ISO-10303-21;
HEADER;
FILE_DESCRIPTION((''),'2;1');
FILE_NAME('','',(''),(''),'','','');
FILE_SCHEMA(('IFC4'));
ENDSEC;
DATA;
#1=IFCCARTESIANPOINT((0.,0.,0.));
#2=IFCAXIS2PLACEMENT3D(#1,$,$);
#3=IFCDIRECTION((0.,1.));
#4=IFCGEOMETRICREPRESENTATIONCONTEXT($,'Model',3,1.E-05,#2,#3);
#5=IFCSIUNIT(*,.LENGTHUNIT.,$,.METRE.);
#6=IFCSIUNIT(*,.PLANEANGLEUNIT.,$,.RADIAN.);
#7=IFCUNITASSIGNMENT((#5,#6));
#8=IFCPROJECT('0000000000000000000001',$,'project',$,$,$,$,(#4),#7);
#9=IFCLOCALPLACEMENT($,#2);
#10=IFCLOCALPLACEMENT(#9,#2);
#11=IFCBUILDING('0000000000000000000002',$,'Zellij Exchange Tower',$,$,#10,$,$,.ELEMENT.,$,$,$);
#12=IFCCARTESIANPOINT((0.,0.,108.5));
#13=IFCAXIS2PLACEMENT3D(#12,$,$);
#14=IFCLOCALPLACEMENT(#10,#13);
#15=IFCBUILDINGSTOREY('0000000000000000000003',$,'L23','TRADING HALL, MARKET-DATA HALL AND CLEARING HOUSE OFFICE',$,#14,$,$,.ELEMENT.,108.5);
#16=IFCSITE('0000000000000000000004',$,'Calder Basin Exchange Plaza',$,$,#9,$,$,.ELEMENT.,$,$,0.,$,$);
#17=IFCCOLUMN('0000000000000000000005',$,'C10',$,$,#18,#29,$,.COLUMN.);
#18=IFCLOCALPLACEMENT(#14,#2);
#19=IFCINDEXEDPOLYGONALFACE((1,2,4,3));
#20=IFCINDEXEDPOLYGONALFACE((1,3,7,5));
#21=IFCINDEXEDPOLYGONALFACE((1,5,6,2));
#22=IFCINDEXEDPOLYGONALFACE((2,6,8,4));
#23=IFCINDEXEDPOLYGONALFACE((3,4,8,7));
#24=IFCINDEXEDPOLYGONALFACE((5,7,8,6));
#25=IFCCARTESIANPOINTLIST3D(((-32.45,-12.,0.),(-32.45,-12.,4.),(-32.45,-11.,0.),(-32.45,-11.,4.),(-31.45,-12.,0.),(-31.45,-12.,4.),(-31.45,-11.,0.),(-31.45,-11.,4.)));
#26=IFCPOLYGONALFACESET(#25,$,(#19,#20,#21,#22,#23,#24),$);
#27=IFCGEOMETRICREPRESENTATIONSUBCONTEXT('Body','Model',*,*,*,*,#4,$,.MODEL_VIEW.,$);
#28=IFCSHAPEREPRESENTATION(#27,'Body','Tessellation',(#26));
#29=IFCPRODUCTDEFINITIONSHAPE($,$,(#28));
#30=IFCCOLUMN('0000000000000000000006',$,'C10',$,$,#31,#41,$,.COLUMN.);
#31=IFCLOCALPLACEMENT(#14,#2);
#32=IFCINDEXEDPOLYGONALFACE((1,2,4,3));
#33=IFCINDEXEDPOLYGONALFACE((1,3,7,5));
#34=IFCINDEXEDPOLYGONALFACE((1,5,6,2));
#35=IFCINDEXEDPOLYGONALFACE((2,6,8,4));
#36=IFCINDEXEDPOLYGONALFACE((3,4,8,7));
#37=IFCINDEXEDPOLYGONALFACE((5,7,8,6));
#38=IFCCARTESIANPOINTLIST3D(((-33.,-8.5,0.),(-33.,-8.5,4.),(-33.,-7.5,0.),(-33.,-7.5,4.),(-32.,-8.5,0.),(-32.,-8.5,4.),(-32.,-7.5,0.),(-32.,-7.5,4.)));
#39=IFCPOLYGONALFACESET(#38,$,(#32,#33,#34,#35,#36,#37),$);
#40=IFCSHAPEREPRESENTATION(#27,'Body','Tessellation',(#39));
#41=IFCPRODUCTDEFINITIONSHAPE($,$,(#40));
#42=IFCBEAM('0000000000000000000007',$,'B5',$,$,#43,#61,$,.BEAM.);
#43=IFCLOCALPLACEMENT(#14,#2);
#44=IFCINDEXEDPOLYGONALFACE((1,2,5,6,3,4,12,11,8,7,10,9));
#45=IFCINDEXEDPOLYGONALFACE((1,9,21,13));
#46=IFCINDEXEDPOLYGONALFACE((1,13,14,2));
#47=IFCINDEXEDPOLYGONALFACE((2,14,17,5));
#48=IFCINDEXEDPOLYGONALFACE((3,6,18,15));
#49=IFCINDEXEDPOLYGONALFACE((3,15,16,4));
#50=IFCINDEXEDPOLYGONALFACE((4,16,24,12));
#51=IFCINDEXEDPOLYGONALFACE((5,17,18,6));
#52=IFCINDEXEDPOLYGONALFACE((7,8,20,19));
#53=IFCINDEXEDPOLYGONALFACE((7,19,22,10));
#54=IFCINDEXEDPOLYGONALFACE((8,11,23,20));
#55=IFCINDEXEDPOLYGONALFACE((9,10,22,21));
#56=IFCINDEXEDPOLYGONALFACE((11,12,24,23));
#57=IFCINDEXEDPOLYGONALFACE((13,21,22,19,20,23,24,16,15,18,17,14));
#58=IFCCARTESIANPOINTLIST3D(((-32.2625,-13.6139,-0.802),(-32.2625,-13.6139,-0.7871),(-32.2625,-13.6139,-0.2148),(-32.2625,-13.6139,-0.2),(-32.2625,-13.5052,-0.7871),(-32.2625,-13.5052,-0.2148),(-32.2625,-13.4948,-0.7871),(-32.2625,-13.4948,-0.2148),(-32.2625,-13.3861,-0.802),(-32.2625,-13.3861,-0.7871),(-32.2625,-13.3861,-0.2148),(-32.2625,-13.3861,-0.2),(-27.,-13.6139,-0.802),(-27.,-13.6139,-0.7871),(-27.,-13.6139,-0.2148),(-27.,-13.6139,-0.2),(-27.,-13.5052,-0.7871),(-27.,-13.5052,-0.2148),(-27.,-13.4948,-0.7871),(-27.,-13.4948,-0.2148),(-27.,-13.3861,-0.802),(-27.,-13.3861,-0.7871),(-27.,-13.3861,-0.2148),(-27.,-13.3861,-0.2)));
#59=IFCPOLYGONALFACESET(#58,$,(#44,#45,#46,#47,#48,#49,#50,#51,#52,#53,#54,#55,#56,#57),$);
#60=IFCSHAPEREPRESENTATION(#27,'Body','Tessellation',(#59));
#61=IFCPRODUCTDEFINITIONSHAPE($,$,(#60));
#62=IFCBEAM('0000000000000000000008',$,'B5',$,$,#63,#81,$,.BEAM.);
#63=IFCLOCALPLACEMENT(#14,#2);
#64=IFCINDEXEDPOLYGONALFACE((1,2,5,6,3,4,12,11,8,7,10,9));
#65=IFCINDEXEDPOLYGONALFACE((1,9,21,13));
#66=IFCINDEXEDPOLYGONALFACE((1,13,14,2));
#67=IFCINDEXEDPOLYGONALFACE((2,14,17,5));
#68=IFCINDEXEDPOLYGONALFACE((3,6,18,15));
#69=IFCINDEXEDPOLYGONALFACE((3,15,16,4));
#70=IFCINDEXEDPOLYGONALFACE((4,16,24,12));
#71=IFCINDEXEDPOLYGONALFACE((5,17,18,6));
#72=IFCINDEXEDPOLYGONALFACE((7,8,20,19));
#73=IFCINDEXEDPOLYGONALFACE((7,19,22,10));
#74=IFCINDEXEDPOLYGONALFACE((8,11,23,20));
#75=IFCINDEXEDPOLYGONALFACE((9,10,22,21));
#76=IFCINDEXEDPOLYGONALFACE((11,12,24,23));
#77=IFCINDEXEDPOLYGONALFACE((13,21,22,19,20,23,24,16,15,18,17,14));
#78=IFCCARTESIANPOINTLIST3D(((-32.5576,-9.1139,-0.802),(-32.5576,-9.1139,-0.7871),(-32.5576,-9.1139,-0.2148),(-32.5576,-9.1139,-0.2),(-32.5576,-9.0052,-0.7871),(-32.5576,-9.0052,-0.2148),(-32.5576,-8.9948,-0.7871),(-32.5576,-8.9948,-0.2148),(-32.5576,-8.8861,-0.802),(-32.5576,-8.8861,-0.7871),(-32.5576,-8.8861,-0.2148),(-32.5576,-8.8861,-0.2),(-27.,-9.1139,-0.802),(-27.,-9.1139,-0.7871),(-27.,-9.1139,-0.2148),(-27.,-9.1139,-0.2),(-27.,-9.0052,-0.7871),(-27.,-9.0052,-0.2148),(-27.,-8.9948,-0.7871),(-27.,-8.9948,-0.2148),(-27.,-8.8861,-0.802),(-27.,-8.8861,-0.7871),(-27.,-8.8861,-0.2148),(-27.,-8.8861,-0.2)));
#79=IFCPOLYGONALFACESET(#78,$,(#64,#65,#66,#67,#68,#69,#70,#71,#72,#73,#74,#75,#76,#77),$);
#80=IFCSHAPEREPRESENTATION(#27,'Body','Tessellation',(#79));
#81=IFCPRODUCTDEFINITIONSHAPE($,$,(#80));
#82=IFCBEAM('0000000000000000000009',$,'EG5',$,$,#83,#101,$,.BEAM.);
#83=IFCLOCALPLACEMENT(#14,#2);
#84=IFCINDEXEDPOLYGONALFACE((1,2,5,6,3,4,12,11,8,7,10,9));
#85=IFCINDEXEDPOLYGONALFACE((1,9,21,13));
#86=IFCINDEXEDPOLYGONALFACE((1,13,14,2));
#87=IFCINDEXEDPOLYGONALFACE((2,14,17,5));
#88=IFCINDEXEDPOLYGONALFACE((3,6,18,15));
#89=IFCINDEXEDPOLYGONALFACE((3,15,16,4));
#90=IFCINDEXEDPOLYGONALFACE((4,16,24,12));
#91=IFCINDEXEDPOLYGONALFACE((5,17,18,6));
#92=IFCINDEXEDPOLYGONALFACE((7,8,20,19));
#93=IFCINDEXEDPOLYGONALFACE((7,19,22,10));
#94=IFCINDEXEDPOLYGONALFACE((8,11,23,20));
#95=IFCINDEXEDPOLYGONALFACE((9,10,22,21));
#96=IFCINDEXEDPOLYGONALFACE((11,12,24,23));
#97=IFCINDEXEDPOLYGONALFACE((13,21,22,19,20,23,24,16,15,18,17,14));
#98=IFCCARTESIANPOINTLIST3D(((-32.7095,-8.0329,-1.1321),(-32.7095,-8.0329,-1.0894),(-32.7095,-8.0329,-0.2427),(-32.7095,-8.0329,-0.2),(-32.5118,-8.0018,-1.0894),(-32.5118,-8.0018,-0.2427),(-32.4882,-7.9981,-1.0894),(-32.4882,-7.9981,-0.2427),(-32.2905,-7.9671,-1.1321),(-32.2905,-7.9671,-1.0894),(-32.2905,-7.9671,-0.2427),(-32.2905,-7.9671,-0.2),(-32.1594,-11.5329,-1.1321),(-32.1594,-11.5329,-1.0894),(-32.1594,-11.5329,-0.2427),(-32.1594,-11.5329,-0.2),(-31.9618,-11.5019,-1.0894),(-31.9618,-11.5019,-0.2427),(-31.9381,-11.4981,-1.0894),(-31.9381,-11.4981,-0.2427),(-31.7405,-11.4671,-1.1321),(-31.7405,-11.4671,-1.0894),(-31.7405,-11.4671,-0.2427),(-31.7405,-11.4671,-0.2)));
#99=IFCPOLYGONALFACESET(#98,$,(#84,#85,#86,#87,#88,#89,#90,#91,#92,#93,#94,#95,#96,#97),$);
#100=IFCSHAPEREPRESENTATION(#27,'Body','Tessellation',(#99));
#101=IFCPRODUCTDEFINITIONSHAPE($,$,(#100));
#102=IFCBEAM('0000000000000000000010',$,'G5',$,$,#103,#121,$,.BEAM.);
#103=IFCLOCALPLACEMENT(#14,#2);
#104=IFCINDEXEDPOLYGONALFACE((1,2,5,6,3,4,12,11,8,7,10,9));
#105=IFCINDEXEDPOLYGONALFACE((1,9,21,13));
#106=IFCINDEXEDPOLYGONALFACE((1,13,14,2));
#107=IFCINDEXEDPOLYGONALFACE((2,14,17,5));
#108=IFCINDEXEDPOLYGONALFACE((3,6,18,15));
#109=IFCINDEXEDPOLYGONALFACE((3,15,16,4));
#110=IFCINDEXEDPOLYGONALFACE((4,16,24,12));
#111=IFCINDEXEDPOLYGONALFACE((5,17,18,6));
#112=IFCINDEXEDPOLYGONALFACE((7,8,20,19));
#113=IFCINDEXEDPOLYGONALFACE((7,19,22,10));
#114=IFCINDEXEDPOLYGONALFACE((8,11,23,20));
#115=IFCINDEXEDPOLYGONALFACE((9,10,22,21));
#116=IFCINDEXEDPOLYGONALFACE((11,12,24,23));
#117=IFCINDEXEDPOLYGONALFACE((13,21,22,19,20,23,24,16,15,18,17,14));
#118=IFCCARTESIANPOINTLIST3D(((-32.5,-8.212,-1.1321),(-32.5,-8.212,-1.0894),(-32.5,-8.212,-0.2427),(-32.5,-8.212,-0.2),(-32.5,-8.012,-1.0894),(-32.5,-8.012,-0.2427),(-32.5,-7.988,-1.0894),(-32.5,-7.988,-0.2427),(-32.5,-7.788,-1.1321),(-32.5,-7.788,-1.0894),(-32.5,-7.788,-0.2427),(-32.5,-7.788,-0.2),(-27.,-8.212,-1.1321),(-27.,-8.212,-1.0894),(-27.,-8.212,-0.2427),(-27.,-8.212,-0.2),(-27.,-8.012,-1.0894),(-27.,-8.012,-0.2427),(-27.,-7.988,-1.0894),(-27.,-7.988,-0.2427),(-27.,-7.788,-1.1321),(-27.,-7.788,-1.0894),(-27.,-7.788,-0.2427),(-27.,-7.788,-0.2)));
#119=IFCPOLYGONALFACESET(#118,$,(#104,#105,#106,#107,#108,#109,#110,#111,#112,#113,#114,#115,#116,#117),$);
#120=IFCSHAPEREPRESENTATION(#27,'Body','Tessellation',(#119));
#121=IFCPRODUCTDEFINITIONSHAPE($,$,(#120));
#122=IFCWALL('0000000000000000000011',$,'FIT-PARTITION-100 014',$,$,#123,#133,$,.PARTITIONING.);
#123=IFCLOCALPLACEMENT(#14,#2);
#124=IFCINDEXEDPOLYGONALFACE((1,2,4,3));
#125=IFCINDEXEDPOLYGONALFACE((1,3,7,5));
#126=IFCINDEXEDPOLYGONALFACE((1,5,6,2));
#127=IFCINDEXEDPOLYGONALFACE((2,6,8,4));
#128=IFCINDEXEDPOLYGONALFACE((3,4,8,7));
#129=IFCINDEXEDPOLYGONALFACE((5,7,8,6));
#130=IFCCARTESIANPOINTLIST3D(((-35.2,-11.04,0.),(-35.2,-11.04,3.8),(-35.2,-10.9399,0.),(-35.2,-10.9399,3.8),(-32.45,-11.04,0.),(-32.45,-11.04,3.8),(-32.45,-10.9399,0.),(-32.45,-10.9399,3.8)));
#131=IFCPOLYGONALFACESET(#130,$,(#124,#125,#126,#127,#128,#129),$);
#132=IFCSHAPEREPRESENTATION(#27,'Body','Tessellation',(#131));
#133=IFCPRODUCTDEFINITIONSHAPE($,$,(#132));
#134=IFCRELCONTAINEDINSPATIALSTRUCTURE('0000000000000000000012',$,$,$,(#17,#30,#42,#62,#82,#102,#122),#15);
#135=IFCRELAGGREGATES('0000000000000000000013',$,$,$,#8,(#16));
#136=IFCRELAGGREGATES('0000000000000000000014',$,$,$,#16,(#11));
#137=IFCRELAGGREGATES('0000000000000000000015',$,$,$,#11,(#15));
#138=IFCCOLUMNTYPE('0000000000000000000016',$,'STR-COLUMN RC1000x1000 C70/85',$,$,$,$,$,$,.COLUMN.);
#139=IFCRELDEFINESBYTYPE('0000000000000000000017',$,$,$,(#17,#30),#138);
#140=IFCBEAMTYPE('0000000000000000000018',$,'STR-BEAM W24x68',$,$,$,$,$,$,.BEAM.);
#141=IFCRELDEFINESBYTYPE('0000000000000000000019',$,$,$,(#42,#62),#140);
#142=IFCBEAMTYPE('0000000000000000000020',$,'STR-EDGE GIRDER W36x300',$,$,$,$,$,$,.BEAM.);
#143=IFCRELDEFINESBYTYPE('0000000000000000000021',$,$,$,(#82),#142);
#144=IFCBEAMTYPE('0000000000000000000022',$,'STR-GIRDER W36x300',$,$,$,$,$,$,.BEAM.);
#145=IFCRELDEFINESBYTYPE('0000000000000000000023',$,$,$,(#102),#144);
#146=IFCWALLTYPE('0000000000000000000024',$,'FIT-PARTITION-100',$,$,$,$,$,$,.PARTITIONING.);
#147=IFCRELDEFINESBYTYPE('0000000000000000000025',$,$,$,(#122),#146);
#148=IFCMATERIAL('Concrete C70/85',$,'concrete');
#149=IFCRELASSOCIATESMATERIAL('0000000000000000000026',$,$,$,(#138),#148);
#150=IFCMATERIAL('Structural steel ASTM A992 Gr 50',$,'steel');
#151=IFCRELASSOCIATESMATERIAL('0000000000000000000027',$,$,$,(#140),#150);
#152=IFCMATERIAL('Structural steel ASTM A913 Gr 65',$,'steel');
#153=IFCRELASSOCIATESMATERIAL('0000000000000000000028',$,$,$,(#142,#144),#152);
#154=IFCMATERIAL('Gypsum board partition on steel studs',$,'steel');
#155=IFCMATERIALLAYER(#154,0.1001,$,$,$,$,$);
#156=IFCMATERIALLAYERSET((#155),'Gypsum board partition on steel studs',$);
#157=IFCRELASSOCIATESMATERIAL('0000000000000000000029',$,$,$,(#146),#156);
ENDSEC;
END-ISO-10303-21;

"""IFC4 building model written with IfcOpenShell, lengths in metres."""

from ifc_helpers import new_model, si_unit, direction, frame, frame_2d, origin, origin_2d, place, context, subcontext, project, spatial, rectangle, i_section, extrude, material, layer, layer_set, material_profile, profile_set, type_object, element, save


model = new_model("IFC4")

# Units and contexts
model_context = context("Model", 3, precision=1e-05, world=origin(), true_north=direction((0.0, 1.0)))
body_context = subcontext(model_context, "Body", "Model", "MODEL_VIEW")
ifc_project = project(units=[si_unit("LENGTHUNIT", "METRE"), si_unit("PLANEANGLEUNIT", "RADIAN")], contexts=[model_context])

# Site, building, storey
site_placement = place(None, origin())
site = spatial("IfcSite", under=ifc_project, at=site_placement, Name="Calder Basin Exchange Plaza", CompositionType="ELEMENT", RefElevation=0.0)
building_placement = place(site_placement, origin())
building = spatial("IfcBuilding", under=site, at=building_placement, Name="Zellij Exchange Tower", CompositionType="ELEMENT")
storey_placement = place(building_placement, frame((0.0, 0.0, 108.5)))
storey = spatial("IfcBuildingStorey", under=building, at=storey_placement, Name="L23", Description="TRADING HALL, MARKET-DATA HALL AND CLEARING HOUSE OFFICE", CompositionType="ELEMENT", Elevation=108.5)

# Columns
ifc_material_1 = material(Name="Concrete C70/85", Category="concrete")
ifc_material_profile_1 = material_profile(ifc_material_1, rectangle(XDim=1.0, YDim=1.0, at=origin_2d()), Name="STR-COLUMN RC1000x1000 C70/85")
ifc_profile_set_1 = profile_set([ifc_material_profile_1], Name="Concrete C70/85")
column_type = type_object("IfcColumnType", Name="STR-COLUMN RC1000x1000 C70/85", PredefinedType="COLUMN", material=ifc_profile_set_1)
for number, where, z_axis, x_axis, name in (
    (1, (-31.95, -11.5, 0.0), (0.0, 0.0, 1.0), (1.0, 0.0, 0.0), "C10"),
    (2, (-32.5, -8.0, 0.0), (0.0, 0.0, 1.0), (1.0, 0.0, 0.0), "C10"),
):
    element("IfcColumn", number, at=place(storey_placement, frame(where, z_axis=z_axis, x_axis=x_axis)), inside=storey, type_object=column_type, Name=name, PredefinedType="COLUMN", context=body_context, shape_type="SweptSolid", body=[
        extrude(rectangle(XDim=1.0, YDim=1.0, at=origin_2d()), origin(), (0.0, 0.0, 1.0), 4.0),
    ])

# Beams
ifc_material_2 = material(Name="Structural steel ASTM A992 Gr 50", Category="steel")
ifc_material_profile_2 = material_profile(ifc_material_2, i_section(OverallWidth=0.2278, OverallDepth=0.6021, WebThickness=0.0105, FlangeThickness=0.0149, at=origin_2d()), Name="W24x68")
ifc_profile_set_2 = profile_set([ifc_material_profile_2], Name="Structural steel ASTM A992 Gr 50")
beam_type_1 = type_object("IfcBeamType", Name="STR-BEAM W24x68", PredefinedType="BEAM", material=ifc_profile_set_2)
beam_1_placement = place(storey_placement, frame((-32.2625, -13.5, -0.501), z_axis=(1.0, 0.0, 0.0), x_axis=(0.0, 1.0, 0.0)))
element("IfcBeam", 3, at=beam_1_placement, inside=storey, type_object=beam_type_1, Name="B5", PredefinedType="BEAM", context=body_context, shape_type="SweptSolid", body=[
    extrude(i_section(OverallWidth=0.2278, OverallDepth=0.6021, WebThickness=0.0105, FlangeThickness=0.0149, at=origin_2d()), origin(), (0.0, 0.0, 1.0), 5.2625),
])
beam_2_placement = place(storey_placement, frame((-32.5576, -9.0, -0.501), z_axis=(1.0, 0.0, 0.0), x_axis=(0.0, 1.0, 0.0)))
element("IfcBeam", 4, at=beam_2_placement, inside=storey, type_object=beam_type_1, Name="B5", PredefinedType="BEAM", context=body_context, shape_type="SweptSolid", body=[
    extrude(i_section(OverallWidth=0.2278, OverallDepth=0.6021, WebThickness=0.0105, FlangeThickness=0.0149, at=origin_2d()), origin(), (0.0, 0.0, 1.0), 5.5576),
])
ifc_material_3 = material(Name="Structural steel ASTM A913 Gr 65", Category="steel")
ifc_material_profile_3 = material_profile(ifc_material_3, i_section(OverallWidth=0.4241, OverallDepth=0.9321, WebThickness=0.0239, FlangeThickness=0.0427, at=origin_2d()), Name="W36x300")
ifc_profile_set_3 = profile_set([ifc_material_profile_3], Name="Structural steel ASTM A913 Gr 65")
beam_type_2 = type_object("IfcBeamType", Name="STR-EDGE GIRDER W36x300", PredefinedType="BEAM", material=ifc_profile_set_3)
beam_3_placement = place(storey_placement, frame((-31.95, -11.5, -0.666), z_axis=(-0.155251, 0.987875, 0.0), x_axis=(-0.987875, -0.155251, 0.0)))
element("IfcBeam", 5, at=beam_3_placement, inside=storey, type_object=beam_type_2, Name="EG5", PredefinedType="BEAM", context=body_context, shape_type="SweptSolid", body=[
    extrude(i_section(OverallWidth=0.4241, OverallDepth=0.9321, WebThickness=0.0239, FlangeThickness=0.0427, at=origin_2d()), origin(), (0.0, 0.0, 1.0), 3.543),
])
ifc_material_profile_4 = material_profile(ifc_material_3, i_section(OverallWidth=0.4241, OverallDepth=0.9321, WebThickness=0.0239, FlangeThickness=0.0427, at=origin_2d()), Name="W36x300")
ifc_profile_set_4 = profile_set([ifc_material_profile_4], Name="Structural steel ASTM A913 Gr 65")
beam_type_3 = type_object("IfcBeamType", Name="STR-GIRDER W36x300", PredefinedType="BEAM", material=ifc_profile_set_4)
beam_4_placement = place(storey_placement, frame((-32.5, -8.0, -0.666), z_axis=(1.0, 0.0, 0.0), x_axis=(0.0, 1.0, 0.0)))
element("IfcBeam", 6, at=beam_4_placement, inside=storey, type_object=beam_type_3, Name="G5", PredefinedType="BEAM", context=body_context, shape_type="SweptSolid", body=[
    extrude(i_section(OverallWidth=0.4241, OverallDepth=0.9321, WebThickness=0.0239, FlangeThickness=0.0427, at=origin_2d()), origin(), (0.0, 0.0, 1.0), 5.5),
])

# Wall
ifc_material_4 = material(Name="Gypsum board partition on steel studs", Category="steel")
ifc_layer = layer(ifc_material_4, 0.1001)
ifc_layer_set = layer_set([ifc_layer], Name="Gypsum board partition on steel studs")
wall_type = type_object("IfcWallType", Name="FIT-PARTITION-100", PredefinedType="PARTITIONING", material=ifc_layer_set)
wall_1_placement = place(storey_placement, frame((-35.2, -10.99, 0.0), z_axis=(0.0, 0.0, 1.0), x_axis=(1.0, 0.0, 0.0)))
element("IfcWall", 7, at=wall_1_placement, inside=storey, type_object=wall_type, Name="FIT-PARTITION-100 014", PredefinedType="PARTITIONING", context=body_context, shape_type="SweptSolid", body=[
    extrude(rectangle(XDim=2.75, YDim=0.1001, at=frame_2d((1.375, 0.0))), origin(), (0.0, 0.0, 1.0), 3.8),
])

save(model, "model.ifc")
